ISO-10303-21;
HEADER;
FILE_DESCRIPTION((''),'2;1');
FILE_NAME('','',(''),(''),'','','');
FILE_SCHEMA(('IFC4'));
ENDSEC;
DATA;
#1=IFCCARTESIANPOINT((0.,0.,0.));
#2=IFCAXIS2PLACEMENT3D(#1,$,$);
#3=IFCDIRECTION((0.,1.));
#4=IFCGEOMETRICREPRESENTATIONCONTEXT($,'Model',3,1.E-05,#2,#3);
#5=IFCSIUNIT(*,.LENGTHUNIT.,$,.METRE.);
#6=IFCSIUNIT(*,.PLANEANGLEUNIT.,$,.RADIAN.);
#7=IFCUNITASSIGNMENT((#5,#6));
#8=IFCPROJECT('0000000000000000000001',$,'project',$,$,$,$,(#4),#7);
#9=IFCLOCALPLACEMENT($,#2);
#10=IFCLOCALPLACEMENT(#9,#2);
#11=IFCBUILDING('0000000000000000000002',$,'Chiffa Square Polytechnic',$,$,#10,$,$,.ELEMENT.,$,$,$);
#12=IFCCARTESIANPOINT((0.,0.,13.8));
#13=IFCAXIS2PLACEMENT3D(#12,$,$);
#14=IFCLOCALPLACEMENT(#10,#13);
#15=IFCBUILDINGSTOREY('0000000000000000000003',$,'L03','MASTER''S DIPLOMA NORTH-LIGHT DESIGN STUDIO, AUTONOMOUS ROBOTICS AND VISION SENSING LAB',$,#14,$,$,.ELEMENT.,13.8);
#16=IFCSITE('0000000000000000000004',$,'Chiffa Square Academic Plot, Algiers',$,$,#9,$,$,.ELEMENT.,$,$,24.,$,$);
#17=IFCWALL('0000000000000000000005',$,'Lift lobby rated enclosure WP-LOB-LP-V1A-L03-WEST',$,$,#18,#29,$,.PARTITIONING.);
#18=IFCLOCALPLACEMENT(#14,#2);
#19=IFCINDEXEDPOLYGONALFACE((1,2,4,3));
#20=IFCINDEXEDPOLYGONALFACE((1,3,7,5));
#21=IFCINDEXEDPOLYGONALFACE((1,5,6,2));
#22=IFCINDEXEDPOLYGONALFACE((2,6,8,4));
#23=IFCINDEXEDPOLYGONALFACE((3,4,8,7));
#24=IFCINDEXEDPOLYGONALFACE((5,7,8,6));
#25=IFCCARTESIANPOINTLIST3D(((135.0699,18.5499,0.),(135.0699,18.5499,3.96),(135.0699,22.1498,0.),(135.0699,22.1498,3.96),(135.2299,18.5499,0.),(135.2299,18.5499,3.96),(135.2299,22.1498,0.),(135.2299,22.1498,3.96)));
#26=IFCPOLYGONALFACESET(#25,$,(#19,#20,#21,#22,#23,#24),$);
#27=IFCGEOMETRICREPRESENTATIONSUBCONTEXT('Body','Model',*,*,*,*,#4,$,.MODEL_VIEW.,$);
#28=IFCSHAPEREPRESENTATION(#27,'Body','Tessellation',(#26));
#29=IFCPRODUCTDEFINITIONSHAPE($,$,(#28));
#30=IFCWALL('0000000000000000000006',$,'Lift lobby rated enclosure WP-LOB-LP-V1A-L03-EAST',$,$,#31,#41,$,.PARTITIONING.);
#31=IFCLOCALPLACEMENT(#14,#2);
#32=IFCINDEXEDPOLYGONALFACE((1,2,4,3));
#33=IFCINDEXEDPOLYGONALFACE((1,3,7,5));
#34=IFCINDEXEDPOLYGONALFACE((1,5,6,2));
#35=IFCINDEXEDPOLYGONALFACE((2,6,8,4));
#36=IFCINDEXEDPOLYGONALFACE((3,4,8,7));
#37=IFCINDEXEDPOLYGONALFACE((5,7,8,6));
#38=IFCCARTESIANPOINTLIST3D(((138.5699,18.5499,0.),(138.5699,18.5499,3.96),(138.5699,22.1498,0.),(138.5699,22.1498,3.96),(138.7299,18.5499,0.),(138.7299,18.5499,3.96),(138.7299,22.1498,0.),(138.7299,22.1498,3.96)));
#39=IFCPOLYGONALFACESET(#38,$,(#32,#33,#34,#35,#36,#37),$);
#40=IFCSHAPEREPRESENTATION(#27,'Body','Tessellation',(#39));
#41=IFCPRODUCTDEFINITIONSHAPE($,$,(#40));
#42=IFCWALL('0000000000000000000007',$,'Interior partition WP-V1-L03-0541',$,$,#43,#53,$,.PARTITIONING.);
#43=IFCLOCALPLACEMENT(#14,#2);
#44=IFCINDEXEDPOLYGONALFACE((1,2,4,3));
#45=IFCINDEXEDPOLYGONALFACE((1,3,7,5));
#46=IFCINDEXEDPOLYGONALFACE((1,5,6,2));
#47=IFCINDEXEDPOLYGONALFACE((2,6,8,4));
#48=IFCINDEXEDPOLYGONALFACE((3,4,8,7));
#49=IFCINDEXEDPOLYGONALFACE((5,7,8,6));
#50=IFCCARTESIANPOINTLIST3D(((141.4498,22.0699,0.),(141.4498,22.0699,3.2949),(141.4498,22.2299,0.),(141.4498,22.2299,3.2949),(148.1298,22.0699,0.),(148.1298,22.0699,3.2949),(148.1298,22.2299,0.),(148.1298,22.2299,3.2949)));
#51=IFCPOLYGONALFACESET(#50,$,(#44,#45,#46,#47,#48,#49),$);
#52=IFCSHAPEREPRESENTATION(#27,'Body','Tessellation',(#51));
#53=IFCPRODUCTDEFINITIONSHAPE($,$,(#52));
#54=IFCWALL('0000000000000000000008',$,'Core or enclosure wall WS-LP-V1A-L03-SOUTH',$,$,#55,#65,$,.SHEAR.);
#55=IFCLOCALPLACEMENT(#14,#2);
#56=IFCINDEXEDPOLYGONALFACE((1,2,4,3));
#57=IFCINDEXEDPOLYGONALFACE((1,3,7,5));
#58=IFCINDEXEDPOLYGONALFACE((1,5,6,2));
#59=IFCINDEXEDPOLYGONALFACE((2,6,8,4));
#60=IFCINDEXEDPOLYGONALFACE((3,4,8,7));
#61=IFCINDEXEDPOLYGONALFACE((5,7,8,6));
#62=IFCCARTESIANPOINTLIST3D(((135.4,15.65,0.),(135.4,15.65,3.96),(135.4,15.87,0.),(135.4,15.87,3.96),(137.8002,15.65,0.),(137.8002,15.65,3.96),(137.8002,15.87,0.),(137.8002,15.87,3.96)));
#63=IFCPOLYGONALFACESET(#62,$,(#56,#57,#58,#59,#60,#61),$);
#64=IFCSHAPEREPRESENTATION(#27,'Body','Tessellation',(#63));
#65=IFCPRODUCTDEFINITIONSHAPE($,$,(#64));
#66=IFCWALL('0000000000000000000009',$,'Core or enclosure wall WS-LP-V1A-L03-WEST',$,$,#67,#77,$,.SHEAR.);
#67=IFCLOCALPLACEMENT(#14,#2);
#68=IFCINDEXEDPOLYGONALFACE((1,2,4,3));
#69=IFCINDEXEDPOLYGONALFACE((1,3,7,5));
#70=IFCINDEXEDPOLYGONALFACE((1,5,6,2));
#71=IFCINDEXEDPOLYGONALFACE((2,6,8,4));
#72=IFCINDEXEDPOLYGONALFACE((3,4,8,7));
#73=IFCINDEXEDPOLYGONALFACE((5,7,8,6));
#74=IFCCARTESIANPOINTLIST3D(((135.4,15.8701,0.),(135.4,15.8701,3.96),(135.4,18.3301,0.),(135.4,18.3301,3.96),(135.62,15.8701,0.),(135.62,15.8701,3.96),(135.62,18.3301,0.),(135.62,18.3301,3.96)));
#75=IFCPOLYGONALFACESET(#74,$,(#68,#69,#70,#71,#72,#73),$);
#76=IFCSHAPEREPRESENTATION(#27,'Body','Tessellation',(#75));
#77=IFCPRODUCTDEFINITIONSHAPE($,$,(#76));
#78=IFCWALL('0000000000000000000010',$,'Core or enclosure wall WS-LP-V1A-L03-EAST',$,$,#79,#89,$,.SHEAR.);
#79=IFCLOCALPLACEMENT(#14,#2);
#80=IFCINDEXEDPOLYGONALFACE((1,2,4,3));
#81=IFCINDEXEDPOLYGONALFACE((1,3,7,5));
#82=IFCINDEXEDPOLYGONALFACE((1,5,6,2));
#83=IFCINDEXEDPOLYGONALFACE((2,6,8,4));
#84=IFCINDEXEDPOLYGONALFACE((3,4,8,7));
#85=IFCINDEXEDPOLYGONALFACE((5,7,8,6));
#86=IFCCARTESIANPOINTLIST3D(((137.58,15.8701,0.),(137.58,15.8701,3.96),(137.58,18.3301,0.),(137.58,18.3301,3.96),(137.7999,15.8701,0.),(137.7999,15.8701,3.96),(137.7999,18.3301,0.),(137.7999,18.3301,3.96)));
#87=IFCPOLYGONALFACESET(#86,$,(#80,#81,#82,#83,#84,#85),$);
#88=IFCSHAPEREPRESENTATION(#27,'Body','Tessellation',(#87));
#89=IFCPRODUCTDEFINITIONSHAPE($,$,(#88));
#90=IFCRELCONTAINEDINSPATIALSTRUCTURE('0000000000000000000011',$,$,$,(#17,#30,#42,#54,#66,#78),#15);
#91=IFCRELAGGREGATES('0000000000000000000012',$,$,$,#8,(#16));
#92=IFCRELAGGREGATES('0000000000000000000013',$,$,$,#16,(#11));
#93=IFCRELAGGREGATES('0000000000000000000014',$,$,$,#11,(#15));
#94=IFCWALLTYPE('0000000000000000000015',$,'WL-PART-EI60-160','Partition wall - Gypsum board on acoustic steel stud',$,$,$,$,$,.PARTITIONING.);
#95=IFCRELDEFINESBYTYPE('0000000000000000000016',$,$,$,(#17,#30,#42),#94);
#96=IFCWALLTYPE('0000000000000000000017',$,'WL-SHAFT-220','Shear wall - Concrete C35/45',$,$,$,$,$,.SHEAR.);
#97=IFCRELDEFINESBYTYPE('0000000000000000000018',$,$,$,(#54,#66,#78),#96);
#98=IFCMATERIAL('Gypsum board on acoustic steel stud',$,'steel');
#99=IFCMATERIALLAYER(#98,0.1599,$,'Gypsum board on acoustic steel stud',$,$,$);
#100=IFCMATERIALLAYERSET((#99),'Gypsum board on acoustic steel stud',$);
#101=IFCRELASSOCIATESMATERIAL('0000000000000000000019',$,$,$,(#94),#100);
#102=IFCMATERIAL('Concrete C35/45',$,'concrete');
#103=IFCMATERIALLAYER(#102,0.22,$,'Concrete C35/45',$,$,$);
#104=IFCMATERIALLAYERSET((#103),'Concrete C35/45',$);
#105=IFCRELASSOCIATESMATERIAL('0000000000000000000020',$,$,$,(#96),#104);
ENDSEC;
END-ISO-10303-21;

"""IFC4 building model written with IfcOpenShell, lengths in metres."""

from ifc_helpers import new_model, si_unit, direction, frame, frame_2d, origin, place, context, subcontext, project, spatial, rectangle, extrude, material, layer, layer_set, type_object, element, save


model = new_model("IFC4")

# Units and contexts
model_context = context("Model", 3, precision=1e-05, world=origin(), true_north=direction((0.0, 1.0)))
body_context = subcontext(model_context, "Body", "Model", "MODEL_VIEW")
ifc_project = project(units=[si_unit("LENGTHUNIT", "METRE"), si_unit("PLANEANGLEUNIT", "RADIAN")], contexts=[model_context])

# Site, building, storey
site_placement = place(None, origin())
site = spatial("IfcSite", under=ifc_project, at=site_placement, Name="Chiffa Square Academic Plot, Algiers", CompositionType="ELEMENT", RefElevation=24.0)
building_placement = place(site_placement, origin())
building = spatial("IfcBuilding", under=site, at=building_placement, Name="Chiffa Square Polytechnic", CompositionType="ELEMENT")
storey_placement = place(building_placement, frame((0.0, 0.0, 13.8)))
storey = spatial("IfcBuildingStorey", under=building, at=storey_placement, Name="L03", Description="MASTER'S DIPLOMA NORTH-LIGHT DESIGN STUDIO, AUTONOMOUS ROBOTICS AND VISION SENSING LAB", CompositionType="ELEMENT", Elevation=13.8)

# Shared definitions
ifc_material_1 = material(Name="Concrete C35/45", Category="concrete")

# Shared definitions
ifc_material_2 = material(Name="Gypsum board on acoustic steel stud", Category="steel")
ifc_layer_1 = layer(ifc_material_2, 0.1599, Name="Gypsum board on acoustic steel stud")
ifc_layer_set_1 = layer_set([ifc_layer_1], Name="Gypsum board on acoustic steel stud")
wall_type_1 = type_object("IfcWallType", Name="WL-PART-EI60-160", Description="Partition wall - Gypsum board on acoustic steel stud", PredefinedType="PARTITIONING", material=ifc_layer_set_1)

# Walls
for number, where, z_axis, x_axis, name in (
    (1, (135.1499, 18.55, 0.0), (0.0, 0.0, 1.0), (0.0, 1.0, 0.0), "Lift lobby rated enclosure WP-LOB-LP-V1A-L03-WEST"),
    (2, (138.6499, 18.55, 0.0), (0.0, 0.0, 1.0), (0.0, 1.0, 0.0), "Lift lobby rated enclosure WP-LOB-LP-V1A-L03-EAST"),
):
    element("IfcWall", number, at=place(storey_placement, frame(where, z_axis=z_axis, x_axis=x_axis)), inside=storey, type_object=wall_type_1, Name=name, PredefinedType="PARTITIONING", context=body_context, shape_type="SweptSolid", body=[
        extrude(rectangle(XDim=3.5999, YDim=0.1599, at=frame_2d((1.7998, 0.0))), origin(), (0.0, 0.0, 1.0), 3.96),
    ])
wall_1_placement = place(storey_placement, frame((141.45, 22.1499, 0.0), z_axis=(0.0, 0.0, 1.0), x_axis=(1.0, 0.0, 0.0)))
element("IfcWall", 3, at=wall_1_placement, inside=storey, type_object=wall_type_1, Name="Interior partition WP-V1-L03-0541", PredefinedType="PARTITIONING", context=body_context, shape_type="SweptSolid", body=[
    extrude(rectangle(XDim=6.6799, YDim=0.1599, at=frame_2d((3.3398, 0.0))), origin(), (0.0, 0.0, 1.0), 3.2949),
])
ifc_layer_2 = layer(ifc_material_1, 0.22, Name="Concrete C35/45")
ifc_layer_set_2 = layer_set([ifc_layer_2], Name="Concrete C35/45")
wall_type_2 = type_object("IfcWallType", Name="WL-SHAFT-220", Description="Shear wall - Concrete C35/45", PredefinedType="SHEAR", material=ifc_layer_set_2)
wall_2_placement = place(storey_placement, frame((135.3999, 15.76, 0.0), z_axis=(0.0, 0.0, 1.0), x_axis=(1.0, 0.0, 0.0)))
element("IfcWall", 4, at=wall_2_placement, inside=storey, type_object=wall_type_2, Name="Core or enclosure wall WS-LP-V1A-L03-SOUTH", PredefinedType="SHEAR", context=body_context, shape_type="SweptSolid", body=[
    extrude(rectangle(XDim=2.4001, YDim=0.22, at=frame_2d((1.2002, 0.0))), origin(), (0.0, 0.0, 1.0), 3.96),
])

# Walls
for number, where, z_axis, x_axis, name in (
    (5, (135.51, 15.8701, 0.0), (0.0, 0.0, 1.0), (0.0, 1.0, 0.0), "Core or enclosure wall WS-LP-V1A-L03-WEST"),
    (6, (137.6899, 15.8701, 0.0), (0.0, 0.0, 1.0), (0.0, 1.0, 0.0), "Core or enclosure wall WS-LP-V1A-L03-EAST"),
):
    element("IfcWall", number, at=place(storey_placement, frame(where, z_axis=z_axis, x_axis=x_axis)), inside=storey, type_object=wall_type_2, Name=name, PredefinedType="SHEAR", context=body_context, shape_type="SweptSolid", body=[
        extrude(rectangle(XDim=2.46, YDim=0.22, at=frame_2d((1.23, 0.0))), origin(), (0.0, 0.0, 1.0), 3.96),
    ])

save(model, "model.ifc")
